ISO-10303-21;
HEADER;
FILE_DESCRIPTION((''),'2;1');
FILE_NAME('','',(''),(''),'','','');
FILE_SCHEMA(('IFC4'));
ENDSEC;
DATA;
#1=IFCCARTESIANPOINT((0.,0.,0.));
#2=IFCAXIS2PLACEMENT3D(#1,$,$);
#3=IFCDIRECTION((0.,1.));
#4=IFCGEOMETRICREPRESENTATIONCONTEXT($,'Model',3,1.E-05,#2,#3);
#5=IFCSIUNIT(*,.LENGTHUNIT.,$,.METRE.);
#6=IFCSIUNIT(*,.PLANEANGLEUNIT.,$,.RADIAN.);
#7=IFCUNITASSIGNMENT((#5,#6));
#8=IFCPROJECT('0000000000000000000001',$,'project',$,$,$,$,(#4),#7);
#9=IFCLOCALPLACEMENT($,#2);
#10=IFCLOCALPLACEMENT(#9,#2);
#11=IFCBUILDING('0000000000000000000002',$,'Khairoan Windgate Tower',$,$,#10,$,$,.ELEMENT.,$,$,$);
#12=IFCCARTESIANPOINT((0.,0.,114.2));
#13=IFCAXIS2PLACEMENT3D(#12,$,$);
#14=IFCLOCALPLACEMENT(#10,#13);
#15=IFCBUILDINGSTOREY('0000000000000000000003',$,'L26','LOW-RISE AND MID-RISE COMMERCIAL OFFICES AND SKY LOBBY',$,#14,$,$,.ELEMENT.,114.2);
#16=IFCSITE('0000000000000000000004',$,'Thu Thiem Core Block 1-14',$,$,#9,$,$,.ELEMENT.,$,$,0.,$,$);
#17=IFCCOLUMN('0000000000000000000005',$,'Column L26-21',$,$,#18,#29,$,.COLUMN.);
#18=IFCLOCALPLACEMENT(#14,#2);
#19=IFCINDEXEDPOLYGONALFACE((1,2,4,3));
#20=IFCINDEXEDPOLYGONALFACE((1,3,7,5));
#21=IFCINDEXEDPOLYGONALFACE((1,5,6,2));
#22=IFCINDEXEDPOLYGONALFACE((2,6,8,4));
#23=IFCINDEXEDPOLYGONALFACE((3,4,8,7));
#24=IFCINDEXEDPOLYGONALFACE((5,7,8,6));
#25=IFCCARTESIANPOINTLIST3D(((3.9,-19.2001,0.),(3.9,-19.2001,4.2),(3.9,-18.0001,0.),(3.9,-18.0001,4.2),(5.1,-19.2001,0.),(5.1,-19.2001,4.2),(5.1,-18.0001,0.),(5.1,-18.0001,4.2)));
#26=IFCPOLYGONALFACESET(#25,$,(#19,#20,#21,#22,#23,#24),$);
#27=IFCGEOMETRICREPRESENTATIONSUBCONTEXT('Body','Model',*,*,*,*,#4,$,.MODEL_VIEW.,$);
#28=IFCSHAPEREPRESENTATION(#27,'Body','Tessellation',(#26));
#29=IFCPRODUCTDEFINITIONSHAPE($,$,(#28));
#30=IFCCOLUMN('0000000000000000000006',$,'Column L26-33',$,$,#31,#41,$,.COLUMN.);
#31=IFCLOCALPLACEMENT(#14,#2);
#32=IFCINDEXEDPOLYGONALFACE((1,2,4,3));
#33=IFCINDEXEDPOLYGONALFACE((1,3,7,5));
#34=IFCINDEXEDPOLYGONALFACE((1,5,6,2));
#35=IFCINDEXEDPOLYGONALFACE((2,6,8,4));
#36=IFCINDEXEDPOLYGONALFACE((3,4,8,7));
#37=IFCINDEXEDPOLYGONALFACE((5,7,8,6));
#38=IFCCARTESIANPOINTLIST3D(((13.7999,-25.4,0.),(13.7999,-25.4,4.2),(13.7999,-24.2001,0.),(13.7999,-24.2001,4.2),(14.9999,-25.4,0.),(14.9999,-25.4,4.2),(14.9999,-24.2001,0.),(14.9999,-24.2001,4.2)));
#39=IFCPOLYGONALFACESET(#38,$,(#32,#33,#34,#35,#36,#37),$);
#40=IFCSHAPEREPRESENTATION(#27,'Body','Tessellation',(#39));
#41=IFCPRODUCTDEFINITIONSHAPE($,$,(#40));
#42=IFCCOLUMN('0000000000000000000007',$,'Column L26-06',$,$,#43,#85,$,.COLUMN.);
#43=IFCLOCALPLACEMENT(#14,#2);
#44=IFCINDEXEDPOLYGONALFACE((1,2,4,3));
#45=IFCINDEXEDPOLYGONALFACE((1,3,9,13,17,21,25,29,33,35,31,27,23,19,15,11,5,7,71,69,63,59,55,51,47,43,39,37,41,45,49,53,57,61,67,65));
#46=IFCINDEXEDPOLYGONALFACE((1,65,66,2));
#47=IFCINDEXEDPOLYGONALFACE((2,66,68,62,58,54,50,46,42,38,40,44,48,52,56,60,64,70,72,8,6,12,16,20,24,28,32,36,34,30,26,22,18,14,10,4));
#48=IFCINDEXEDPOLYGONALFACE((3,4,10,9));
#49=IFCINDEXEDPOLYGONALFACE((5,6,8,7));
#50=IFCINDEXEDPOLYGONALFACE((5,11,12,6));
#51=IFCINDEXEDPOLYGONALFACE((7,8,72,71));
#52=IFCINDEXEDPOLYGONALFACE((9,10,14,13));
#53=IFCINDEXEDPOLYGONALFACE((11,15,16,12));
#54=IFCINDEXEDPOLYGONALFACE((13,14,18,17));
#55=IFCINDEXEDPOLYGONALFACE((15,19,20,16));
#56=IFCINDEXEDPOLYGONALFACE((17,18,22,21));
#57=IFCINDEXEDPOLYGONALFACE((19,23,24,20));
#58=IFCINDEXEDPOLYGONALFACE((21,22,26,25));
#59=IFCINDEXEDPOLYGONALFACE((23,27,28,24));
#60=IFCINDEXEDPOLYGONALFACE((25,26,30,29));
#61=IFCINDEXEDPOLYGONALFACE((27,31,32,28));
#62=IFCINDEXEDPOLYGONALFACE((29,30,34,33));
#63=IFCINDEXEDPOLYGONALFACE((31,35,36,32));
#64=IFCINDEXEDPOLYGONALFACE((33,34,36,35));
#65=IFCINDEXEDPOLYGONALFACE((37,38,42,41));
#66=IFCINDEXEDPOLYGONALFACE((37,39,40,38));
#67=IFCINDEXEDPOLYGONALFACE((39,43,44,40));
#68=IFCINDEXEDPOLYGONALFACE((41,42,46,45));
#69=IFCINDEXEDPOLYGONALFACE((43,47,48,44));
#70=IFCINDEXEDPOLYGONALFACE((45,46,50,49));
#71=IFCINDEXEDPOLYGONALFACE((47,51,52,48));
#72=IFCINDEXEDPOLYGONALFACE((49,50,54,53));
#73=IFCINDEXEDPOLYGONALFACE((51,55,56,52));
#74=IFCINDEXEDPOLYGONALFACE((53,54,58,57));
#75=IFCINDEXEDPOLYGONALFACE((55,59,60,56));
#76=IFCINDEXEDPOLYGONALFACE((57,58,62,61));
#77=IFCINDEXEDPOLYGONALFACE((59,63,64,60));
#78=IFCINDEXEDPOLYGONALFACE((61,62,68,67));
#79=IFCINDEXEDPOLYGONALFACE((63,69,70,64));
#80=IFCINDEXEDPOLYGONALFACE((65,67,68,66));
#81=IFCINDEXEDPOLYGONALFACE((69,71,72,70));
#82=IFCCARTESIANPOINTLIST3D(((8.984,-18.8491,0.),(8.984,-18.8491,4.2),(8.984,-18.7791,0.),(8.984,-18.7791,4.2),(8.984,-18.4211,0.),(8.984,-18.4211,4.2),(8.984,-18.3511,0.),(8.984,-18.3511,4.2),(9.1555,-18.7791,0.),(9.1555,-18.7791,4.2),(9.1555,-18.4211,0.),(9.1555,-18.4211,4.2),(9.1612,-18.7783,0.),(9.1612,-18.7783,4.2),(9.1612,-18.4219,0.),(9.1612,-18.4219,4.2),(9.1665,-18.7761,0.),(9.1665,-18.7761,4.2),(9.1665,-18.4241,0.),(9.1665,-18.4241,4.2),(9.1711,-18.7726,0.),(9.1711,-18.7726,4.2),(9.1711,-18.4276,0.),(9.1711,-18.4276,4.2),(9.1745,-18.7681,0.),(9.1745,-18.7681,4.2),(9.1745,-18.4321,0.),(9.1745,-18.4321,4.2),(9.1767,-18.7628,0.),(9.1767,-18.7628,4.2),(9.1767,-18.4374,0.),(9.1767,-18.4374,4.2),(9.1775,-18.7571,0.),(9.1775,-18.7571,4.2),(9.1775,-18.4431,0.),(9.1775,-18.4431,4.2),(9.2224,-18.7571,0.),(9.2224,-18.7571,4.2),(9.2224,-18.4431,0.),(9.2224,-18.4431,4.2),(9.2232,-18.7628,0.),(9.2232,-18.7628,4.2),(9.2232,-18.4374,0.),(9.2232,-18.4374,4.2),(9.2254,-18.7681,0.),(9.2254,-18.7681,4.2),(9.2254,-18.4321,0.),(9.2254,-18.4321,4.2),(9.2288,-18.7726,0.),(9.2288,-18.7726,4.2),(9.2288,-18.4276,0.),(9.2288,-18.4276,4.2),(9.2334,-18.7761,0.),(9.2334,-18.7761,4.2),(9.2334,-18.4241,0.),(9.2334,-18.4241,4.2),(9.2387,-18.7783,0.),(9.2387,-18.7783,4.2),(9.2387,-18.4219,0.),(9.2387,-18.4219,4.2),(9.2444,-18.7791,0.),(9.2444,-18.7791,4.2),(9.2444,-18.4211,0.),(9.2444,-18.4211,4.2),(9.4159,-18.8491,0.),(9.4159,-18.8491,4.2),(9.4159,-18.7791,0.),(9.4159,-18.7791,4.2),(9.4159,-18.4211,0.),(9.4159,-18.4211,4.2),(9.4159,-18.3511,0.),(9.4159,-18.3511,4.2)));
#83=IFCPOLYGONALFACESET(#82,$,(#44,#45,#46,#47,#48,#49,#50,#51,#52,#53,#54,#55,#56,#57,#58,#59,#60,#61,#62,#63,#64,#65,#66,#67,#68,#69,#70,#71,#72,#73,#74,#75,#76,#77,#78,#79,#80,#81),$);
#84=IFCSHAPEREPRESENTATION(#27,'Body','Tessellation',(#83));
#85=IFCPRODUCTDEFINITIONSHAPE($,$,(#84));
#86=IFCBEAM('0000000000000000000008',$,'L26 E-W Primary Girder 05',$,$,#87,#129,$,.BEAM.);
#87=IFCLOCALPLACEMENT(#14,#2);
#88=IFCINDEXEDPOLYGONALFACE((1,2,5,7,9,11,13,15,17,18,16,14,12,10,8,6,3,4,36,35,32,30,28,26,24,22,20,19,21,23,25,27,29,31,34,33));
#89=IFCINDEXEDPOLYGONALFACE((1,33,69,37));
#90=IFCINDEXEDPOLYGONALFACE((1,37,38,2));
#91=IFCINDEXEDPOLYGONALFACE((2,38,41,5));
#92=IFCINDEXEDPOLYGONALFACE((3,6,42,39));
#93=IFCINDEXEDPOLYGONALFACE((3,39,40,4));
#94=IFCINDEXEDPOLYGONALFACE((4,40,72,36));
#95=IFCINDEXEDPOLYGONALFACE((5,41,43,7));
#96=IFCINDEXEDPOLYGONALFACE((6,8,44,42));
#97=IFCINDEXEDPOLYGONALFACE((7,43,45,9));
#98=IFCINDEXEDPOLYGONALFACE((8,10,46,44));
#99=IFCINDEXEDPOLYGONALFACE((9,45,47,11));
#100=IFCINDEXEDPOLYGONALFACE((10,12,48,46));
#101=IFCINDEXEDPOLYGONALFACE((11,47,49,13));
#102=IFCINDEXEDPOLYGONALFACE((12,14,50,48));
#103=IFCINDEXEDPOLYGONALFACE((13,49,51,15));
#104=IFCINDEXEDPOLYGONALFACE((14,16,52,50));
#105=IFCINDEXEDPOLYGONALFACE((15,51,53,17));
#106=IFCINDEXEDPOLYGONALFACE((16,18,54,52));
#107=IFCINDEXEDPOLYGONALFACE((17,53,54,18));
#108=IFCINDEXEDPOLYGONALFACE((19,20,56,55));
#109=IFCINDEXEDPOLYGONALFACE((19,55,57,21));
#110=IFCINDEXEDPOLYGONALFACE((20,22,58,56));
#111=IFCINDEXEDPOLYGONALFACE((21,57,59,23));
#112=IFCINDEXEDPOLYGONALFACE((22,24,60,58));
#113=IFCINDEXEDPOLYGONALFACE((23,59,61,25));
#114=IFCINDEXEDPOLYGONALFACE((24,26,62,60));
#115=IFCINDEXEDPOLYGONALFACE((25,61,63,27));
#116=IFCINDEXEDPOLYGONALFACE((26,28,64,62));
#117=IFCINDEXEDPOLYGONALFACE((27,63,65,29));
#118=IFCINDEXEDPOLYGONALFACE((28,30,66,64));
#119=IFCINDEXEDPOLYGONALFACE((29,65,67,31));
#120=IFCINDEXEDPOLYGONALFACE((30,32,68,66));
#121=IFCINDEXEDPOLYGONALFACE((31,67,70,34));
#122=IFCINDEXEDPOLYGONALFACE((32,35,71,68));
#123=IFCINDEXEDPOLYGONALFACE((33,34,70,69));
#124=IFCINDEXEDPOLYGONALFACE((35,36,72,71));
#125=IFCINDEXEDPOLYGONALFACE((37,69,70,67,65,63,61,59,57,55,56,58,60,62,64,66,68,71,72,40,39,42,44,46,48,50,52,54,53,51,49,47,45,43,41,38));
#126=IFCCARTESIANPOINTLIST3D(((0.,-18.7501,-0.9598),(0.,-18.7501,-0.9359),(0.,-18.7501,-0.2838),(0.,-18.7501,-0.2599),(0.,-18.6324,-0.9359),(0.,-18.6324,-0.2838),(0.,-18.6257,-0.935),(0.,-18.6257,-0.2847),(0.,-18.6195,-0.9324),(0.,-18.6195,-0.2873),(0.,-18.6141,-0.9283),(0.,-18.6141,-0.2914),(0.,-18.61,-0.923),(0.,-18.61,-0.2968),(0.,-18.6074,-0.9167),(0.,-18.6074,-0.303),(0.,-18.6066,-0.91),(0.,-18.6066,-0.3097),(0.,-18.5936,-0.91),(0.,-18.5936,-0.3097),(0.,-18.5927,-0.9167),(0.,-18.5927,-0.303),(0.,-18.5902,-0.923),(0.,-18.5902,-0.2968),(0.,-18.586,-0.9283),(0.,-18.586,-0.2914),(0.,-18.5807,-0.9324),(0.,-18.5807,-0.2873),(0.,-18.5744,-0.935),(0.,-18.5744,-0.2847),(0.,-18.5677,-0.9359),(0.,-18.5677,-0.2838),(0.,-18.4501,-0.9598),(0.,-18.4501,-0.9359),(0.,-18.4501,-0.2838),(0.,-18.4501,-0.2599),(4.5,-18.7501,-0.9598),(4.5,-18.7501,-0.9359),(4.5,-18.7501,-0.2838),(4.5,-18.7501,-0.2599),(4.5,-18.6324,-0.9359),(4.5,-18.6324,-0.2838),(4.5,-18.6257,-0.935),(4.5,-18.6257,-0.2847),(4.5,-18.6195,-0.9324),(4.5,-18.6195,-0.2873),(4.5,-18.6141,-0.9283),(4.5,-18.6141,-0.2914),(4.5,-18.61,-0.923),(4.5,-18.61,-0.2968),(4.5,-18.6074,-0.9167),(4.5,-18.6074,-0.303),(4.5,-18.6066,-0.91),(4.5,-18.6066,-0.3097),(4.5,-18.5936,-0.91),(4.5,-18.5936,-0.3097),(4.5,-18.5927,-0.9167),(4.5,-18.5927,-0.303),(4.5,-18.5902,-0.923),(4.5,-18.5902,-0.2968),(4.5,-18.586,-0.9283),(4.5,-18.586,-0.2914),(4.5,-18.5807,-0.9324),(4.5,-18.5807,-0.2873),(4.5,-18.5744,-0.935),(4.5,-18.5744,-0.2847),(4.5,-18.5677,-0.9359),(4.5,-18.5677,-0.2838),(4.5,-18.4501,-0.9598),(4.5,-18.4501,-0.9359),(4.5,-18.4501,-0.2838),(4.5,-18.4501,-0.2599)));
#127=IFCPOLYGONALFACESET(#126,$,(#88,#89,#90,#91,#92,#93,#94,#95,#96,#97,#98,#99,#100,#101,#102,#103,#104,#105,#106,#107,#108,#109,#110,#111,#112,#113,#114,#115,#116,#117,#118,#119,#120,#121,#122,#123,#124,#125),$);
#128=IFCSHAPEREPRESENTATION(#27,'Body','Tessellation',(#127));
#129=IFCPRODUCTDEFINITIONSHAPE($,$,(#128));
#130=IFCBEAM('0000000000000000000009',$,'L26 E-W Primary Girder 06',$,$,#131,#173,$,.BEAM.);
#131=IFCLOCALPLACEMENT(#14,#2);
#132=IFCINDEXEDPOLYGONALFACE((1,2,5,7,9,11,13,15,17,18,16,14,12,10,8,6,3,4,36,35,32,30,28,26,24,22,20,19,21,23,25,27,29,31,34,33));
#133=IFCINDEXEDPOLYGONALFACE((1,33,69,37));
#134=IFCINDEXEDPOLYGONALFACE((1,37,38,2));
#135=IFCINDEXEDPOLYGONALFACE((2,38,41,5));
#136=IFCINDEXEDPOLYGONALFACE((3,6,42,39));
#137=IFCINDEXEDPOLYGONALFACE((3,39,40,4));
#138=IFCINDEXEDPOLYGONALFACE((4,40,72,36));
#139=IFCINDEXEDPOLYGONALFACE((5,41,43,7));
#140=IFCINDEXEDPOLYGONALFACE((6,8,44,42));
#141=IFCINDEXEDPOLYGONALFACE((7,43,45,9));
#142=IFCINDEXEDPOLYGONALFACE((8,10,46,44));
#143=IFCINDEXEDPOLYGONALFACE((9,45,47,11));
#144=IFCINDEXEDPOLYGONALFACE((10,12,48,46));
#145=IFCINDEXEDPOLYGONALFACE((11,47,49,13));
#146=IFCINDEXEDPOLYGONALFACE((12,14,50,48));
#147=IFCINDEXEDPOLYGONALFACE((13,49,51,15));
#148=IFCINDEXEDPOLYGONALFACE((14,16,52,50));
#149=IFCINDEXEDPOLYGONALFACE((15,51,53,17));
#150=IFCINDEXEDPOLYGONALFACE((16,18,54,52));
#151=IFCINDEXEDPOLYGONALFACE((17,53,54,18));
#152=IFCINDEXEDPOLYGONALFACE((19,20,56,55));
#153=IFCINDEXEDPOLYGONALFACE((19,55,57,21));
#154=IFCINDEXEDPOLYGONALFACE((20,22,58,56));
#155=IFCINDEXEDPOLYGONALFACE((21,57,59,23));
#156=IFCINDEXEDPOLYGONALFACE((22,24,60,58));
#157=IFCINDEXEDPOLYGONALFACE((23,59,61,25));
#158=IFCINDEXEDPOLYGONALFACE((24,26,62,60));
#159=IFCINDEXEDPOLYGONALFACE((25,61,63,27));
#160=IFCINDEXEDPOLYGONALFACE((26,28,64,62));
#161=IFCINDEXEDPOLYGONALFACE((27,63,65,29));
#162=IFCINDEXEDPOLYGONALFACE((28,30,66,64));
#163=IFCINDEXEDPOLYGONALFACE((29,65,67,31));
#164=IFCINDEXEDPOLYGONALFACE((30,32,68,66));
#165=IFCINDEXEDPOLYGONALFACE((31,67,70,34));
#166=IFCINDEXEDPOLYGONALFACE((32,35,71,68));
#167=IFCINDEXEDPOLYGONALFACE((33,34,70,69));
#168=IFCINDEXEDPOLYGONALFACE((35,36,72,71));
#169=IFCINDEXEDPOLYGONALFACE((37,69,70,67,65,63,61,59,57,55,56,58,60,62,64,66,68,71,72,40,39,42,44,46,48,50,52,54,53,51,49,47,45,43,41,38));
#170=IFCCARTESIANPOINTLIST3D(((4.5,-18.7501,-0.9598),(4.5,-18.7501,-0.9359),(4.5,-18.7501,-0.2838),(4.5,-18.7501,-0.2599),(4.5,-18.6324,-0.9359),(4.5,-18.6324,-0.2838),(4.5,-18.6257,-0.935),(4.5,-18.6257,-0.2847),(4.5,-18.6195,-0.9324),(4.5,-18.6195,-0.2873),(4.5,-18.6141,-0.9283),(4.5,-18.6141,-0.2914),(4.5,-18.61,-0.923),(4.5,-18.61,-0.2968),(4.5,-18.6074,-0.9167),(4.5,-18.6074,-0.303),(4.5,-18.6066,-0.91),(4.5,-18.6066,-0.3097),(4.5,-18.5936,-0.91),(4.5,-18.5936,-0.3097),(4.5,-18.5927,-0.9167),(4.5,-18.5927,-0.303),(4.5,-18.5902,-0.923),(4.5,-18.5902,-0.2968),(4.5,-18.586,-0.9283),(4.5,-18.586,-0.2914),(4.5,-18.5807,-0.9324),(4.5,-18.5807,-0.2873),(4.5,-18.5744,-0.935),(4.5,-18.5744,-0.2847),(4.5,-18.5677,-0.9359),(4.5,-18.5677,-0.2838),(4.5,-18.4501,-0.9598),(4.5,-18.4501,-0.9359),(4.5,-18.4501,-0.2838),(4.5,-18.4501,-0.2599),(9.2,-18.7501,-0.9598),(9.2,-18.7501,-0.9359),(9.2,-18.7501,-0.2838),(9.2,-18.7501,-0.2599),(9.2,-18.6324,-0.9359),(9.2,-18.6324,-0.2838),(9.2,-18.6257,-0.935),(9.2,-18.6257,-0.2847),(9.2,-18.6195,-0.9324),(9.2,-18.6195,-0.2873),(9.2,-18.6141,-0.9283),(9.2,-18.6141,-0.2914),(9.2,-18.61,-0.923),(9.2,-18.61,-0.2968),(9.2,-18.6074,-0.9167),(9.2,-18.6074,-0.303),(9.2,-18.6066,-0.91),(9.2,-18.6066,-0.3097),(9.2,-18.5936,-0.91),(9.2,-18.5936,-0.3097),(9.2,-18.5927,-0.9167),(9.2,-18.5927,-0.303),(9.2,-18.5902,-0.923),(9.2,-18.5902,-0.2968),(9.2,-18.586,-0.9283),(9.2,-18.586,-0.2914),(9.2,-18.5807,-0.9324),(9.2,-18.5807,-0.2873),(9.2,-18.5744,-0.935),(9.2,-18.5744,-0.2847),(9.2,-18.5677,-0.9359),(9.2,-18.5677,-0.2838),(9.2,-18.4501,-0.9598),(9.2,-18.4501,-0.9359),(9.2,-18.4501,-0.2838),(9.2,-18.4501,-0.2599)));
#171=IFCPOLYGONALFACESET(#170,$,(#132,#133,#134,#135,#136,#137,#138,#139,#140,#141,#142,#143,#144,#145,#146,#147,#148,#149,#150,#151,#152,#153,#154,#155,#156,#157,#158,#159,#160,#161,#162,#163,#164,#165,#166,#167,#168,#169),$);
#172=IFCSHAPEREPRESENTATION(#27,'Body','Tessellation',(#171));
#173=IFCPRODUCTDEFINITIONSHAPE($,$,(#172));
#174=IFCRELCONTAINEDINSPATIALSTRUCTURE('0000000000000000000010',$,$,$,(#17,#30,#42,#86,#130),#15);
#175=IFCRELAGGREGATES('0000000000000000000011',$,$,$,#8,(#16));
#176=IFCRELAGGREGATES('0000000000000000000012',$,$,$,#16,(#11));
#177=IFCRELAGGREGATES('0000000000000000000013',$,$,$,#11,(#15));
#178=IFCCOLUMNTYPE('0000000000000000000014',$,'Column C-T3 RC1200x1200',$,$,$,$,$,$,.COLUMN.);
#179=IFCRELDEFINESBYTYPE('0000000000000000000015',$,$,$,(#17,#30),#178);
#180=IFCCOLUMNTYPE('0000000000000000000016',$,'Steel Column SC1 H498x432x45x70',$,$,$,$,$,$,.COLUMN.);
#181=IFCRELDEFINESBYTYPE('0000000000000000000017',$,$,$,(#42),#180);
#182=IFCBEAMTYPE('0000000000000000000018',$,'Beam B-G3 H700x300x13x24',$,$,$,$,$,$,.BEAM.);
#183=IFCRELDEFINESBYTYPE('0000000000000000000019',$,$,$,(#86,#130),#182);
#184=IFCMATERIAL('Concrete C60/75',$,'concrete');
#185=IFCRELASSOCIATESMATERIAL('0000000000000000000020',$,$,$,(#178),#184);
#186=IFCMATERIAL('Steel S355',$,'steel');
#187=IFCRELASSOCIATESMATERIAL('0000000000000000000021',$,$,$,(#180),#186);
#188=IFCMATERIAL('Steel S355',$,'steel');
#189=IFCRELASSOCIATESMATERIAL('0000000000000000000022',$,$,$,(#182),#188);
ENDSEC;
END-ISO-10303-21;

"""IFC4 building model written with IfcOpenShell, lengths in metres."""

from ifc_helpers import new_model, si_unit, direction, frame, origin, origin_2d, place, context, subcontext, project, spatial, rectangle, i_section, extrude, material, material_profile, profile_set, type_object, element, save


model = new_model("IFC4")

# Units and contexts
model_context = context("Model", 3, precision=1e-05, world=origin(), true_north=direction((0.0, 1.0)))
body_context = subcontext(model_context, "Body", "Model", "MODEL_VIEW")
ifc_project = project(units=[si_unit("LENGTHUNIT", "METRE"), si_unit("PLANEANGLEUNIT", "RADIAN")], contexts=[model_context])

# Site, building, storey
site_placement = place(None, origin())
site = spatial("IfcSite", under=ifc_project, at=site_placement, Name="Thu Thiem Core Block 1-14", CompositionType="ELEMENT", RefElevation=0.0)
building_placement = place(site_placement, origin())
building = spatial("IfcBuilding", under=site, at=building_placement, Name="Khairoan Windgate Tower", CompositionType="ELEMENT")
storey_placement = place(building_placement, frame((0.0, 0.0, 114.2)))
storey = spatial("IfcBuildingStorey", under=building, at=storey_placement, Name="L26", Description="LOW-RISE AND MID-RISE COMMERCIAL OFFICES AND SKY LOBBY", CompositionType="ELEMENT", Elevation=114.2)

# Columns
ifc_material_1 = material(Name="Concrete C60/75", Category="concrete")
ifc_material_profile_1 = material_profile(ifc_material_1, rectangle(XDim=1.2, YDim=1.2, at=origin_2d()))
ifc_profile_set_1 = profile_set([ifc_material_profile_1], Name="Concrete C60/75")
column_type_1 = type_object("IfcColumnType", Name="Column C-T3 RC1200x1200", PredefinedType="COLUMN", material=ifc_profile_set_1)
for number, where, z_axis, x_axis, name in (
    (1, (4.5, -18.6001, 0.0), (0.0, 0.0, 1.0), (1.0, 0.0, 0.0), "Column L26-21"),
    (2, (14.3999, -24.8, 0.0), (0.0, 0.0, 1.0), (1.0, 0.0, 0.0), "Column L26-33"),
):
    element("IfcColumn", number, at=place(storey_placement, frame(where, z_axis=z_axis, x_axis=x_axis)), inside=storey, type_object=column_type_1, Name=name, PredefinedType="COLUMN", context=body_context, shape_type="SweptSolid", body=[
        extrude(rectangle(XDim=1.2, YDim=1.2, at=origin_2d()), origin(), (0.0, 0.0, 1.0), 4.2),
    ])
ifc_material_2 = material(Name="Steel S355", Category="steel")
ifc_material_profile_2 = material_profile(ifc_material_2, i_section(OverallWidth=0.4319, OverallDepth=0.498, WebThickness=0.0449, FlangeThickness=0.0701, FilletRadius=0.022, at=origin_2d()))
ifc_profile_set_2 = profile_set([ifc_material_profile_2], Name="Steel S355")
column_type_2 = type_object("IfcColumnType", Name="Steel Column SC1 H498x432x45x70", PredefinedType="COLUMN", material=ifc_profile_set_2)
column_placement = place(storey_placement, frame((9.2, -18.6001, 0.0), z_axis=(0.0, 0.0, 1.0), x_axis=(1.0, 0.0, 0.0)))
element("IfcColumn", 3, at=column_placement, inside=storey, type_object=column_type_2, Name="Column L26-06", PredefinedType="COLUMN", context=body_context, shape_type="SweptSolid", body=[
    extrude(i_section(OverallWidth=0.4319, OverallDepth=0.498, WebThickness=0.0449, FlangeThickness=0.0701, FilletRadius=0.022, at=origin_2d()), origin(), (0.0, 0.0, 1.0), 4.2),
])

# Beams
ifc_material_3 = material(Name="Steel S355", Category="steel")
ifc_material_profile_3 = material_profile(ifc_material_3, i_section(OverallWidth=0.3, OverallDepth=0.7, WebThickness=0.0129, FlangeThickness=0.0239, FilletRadius=0.0259, at=origin_2d()))
ifc_profile_set_3 = profile_set([ifc_material_profile_3], Name="Steel S355")
beam_type_1 = type_object("IfcBeamType", Name="Beam B-G3 H700x300x13x24", PredefinedType="BEAM", material=ifc_profile_set_3)
beam_1_placement = place(storey_placement, frame((0.0, -18.6001, -0.6099), z_axis=(1.0, 0.0, 0.0), x_axis=(0.0, 1.0, 0.0)))
element("IfcBeam", 4, at=beam_1_placement, inside=storey, type_object=beam_type_1, Name="L26 E-W Primary Girder 05", PredefinedType="BEAM", context=body_context, shape_type="SweptSolid", body=[
    extrude(i_section(OverallWidth=0.3, OverallDepth=0.7, WebThickness=0.0129, FlangeThickness=0.0239, FilletRadius=0.0259, at=origin_2d()), origin(), (0.0, 0.0, 1.0), 4.5),
])
beam_2_placement = place(storey_placement, frame((4.5, -18.6001, -0.6099), z_axis=(1.0, 0.0, 0.0), x_axis=(0.0, 1.0, 0.0)))
element("IfcBeam", 5, at=beam_2_placement, inside=storey, type_object=beam_type_1, Name="L26 E-W Primary Girder 06", PredefinedType="BEAM", context=body_context, shape_type="SweptSolid", body=[
    extrude(i_section(OverallWidth=0.3, OverallDepth=0.7, WebThickness=0.0129, FlangeThickness=0.0239, FilletRadius=0.0259, at=origin_2d()), origin(), (0.0, 0.0, 1.0), 4.7),
])

save(model, "model.ifc")
